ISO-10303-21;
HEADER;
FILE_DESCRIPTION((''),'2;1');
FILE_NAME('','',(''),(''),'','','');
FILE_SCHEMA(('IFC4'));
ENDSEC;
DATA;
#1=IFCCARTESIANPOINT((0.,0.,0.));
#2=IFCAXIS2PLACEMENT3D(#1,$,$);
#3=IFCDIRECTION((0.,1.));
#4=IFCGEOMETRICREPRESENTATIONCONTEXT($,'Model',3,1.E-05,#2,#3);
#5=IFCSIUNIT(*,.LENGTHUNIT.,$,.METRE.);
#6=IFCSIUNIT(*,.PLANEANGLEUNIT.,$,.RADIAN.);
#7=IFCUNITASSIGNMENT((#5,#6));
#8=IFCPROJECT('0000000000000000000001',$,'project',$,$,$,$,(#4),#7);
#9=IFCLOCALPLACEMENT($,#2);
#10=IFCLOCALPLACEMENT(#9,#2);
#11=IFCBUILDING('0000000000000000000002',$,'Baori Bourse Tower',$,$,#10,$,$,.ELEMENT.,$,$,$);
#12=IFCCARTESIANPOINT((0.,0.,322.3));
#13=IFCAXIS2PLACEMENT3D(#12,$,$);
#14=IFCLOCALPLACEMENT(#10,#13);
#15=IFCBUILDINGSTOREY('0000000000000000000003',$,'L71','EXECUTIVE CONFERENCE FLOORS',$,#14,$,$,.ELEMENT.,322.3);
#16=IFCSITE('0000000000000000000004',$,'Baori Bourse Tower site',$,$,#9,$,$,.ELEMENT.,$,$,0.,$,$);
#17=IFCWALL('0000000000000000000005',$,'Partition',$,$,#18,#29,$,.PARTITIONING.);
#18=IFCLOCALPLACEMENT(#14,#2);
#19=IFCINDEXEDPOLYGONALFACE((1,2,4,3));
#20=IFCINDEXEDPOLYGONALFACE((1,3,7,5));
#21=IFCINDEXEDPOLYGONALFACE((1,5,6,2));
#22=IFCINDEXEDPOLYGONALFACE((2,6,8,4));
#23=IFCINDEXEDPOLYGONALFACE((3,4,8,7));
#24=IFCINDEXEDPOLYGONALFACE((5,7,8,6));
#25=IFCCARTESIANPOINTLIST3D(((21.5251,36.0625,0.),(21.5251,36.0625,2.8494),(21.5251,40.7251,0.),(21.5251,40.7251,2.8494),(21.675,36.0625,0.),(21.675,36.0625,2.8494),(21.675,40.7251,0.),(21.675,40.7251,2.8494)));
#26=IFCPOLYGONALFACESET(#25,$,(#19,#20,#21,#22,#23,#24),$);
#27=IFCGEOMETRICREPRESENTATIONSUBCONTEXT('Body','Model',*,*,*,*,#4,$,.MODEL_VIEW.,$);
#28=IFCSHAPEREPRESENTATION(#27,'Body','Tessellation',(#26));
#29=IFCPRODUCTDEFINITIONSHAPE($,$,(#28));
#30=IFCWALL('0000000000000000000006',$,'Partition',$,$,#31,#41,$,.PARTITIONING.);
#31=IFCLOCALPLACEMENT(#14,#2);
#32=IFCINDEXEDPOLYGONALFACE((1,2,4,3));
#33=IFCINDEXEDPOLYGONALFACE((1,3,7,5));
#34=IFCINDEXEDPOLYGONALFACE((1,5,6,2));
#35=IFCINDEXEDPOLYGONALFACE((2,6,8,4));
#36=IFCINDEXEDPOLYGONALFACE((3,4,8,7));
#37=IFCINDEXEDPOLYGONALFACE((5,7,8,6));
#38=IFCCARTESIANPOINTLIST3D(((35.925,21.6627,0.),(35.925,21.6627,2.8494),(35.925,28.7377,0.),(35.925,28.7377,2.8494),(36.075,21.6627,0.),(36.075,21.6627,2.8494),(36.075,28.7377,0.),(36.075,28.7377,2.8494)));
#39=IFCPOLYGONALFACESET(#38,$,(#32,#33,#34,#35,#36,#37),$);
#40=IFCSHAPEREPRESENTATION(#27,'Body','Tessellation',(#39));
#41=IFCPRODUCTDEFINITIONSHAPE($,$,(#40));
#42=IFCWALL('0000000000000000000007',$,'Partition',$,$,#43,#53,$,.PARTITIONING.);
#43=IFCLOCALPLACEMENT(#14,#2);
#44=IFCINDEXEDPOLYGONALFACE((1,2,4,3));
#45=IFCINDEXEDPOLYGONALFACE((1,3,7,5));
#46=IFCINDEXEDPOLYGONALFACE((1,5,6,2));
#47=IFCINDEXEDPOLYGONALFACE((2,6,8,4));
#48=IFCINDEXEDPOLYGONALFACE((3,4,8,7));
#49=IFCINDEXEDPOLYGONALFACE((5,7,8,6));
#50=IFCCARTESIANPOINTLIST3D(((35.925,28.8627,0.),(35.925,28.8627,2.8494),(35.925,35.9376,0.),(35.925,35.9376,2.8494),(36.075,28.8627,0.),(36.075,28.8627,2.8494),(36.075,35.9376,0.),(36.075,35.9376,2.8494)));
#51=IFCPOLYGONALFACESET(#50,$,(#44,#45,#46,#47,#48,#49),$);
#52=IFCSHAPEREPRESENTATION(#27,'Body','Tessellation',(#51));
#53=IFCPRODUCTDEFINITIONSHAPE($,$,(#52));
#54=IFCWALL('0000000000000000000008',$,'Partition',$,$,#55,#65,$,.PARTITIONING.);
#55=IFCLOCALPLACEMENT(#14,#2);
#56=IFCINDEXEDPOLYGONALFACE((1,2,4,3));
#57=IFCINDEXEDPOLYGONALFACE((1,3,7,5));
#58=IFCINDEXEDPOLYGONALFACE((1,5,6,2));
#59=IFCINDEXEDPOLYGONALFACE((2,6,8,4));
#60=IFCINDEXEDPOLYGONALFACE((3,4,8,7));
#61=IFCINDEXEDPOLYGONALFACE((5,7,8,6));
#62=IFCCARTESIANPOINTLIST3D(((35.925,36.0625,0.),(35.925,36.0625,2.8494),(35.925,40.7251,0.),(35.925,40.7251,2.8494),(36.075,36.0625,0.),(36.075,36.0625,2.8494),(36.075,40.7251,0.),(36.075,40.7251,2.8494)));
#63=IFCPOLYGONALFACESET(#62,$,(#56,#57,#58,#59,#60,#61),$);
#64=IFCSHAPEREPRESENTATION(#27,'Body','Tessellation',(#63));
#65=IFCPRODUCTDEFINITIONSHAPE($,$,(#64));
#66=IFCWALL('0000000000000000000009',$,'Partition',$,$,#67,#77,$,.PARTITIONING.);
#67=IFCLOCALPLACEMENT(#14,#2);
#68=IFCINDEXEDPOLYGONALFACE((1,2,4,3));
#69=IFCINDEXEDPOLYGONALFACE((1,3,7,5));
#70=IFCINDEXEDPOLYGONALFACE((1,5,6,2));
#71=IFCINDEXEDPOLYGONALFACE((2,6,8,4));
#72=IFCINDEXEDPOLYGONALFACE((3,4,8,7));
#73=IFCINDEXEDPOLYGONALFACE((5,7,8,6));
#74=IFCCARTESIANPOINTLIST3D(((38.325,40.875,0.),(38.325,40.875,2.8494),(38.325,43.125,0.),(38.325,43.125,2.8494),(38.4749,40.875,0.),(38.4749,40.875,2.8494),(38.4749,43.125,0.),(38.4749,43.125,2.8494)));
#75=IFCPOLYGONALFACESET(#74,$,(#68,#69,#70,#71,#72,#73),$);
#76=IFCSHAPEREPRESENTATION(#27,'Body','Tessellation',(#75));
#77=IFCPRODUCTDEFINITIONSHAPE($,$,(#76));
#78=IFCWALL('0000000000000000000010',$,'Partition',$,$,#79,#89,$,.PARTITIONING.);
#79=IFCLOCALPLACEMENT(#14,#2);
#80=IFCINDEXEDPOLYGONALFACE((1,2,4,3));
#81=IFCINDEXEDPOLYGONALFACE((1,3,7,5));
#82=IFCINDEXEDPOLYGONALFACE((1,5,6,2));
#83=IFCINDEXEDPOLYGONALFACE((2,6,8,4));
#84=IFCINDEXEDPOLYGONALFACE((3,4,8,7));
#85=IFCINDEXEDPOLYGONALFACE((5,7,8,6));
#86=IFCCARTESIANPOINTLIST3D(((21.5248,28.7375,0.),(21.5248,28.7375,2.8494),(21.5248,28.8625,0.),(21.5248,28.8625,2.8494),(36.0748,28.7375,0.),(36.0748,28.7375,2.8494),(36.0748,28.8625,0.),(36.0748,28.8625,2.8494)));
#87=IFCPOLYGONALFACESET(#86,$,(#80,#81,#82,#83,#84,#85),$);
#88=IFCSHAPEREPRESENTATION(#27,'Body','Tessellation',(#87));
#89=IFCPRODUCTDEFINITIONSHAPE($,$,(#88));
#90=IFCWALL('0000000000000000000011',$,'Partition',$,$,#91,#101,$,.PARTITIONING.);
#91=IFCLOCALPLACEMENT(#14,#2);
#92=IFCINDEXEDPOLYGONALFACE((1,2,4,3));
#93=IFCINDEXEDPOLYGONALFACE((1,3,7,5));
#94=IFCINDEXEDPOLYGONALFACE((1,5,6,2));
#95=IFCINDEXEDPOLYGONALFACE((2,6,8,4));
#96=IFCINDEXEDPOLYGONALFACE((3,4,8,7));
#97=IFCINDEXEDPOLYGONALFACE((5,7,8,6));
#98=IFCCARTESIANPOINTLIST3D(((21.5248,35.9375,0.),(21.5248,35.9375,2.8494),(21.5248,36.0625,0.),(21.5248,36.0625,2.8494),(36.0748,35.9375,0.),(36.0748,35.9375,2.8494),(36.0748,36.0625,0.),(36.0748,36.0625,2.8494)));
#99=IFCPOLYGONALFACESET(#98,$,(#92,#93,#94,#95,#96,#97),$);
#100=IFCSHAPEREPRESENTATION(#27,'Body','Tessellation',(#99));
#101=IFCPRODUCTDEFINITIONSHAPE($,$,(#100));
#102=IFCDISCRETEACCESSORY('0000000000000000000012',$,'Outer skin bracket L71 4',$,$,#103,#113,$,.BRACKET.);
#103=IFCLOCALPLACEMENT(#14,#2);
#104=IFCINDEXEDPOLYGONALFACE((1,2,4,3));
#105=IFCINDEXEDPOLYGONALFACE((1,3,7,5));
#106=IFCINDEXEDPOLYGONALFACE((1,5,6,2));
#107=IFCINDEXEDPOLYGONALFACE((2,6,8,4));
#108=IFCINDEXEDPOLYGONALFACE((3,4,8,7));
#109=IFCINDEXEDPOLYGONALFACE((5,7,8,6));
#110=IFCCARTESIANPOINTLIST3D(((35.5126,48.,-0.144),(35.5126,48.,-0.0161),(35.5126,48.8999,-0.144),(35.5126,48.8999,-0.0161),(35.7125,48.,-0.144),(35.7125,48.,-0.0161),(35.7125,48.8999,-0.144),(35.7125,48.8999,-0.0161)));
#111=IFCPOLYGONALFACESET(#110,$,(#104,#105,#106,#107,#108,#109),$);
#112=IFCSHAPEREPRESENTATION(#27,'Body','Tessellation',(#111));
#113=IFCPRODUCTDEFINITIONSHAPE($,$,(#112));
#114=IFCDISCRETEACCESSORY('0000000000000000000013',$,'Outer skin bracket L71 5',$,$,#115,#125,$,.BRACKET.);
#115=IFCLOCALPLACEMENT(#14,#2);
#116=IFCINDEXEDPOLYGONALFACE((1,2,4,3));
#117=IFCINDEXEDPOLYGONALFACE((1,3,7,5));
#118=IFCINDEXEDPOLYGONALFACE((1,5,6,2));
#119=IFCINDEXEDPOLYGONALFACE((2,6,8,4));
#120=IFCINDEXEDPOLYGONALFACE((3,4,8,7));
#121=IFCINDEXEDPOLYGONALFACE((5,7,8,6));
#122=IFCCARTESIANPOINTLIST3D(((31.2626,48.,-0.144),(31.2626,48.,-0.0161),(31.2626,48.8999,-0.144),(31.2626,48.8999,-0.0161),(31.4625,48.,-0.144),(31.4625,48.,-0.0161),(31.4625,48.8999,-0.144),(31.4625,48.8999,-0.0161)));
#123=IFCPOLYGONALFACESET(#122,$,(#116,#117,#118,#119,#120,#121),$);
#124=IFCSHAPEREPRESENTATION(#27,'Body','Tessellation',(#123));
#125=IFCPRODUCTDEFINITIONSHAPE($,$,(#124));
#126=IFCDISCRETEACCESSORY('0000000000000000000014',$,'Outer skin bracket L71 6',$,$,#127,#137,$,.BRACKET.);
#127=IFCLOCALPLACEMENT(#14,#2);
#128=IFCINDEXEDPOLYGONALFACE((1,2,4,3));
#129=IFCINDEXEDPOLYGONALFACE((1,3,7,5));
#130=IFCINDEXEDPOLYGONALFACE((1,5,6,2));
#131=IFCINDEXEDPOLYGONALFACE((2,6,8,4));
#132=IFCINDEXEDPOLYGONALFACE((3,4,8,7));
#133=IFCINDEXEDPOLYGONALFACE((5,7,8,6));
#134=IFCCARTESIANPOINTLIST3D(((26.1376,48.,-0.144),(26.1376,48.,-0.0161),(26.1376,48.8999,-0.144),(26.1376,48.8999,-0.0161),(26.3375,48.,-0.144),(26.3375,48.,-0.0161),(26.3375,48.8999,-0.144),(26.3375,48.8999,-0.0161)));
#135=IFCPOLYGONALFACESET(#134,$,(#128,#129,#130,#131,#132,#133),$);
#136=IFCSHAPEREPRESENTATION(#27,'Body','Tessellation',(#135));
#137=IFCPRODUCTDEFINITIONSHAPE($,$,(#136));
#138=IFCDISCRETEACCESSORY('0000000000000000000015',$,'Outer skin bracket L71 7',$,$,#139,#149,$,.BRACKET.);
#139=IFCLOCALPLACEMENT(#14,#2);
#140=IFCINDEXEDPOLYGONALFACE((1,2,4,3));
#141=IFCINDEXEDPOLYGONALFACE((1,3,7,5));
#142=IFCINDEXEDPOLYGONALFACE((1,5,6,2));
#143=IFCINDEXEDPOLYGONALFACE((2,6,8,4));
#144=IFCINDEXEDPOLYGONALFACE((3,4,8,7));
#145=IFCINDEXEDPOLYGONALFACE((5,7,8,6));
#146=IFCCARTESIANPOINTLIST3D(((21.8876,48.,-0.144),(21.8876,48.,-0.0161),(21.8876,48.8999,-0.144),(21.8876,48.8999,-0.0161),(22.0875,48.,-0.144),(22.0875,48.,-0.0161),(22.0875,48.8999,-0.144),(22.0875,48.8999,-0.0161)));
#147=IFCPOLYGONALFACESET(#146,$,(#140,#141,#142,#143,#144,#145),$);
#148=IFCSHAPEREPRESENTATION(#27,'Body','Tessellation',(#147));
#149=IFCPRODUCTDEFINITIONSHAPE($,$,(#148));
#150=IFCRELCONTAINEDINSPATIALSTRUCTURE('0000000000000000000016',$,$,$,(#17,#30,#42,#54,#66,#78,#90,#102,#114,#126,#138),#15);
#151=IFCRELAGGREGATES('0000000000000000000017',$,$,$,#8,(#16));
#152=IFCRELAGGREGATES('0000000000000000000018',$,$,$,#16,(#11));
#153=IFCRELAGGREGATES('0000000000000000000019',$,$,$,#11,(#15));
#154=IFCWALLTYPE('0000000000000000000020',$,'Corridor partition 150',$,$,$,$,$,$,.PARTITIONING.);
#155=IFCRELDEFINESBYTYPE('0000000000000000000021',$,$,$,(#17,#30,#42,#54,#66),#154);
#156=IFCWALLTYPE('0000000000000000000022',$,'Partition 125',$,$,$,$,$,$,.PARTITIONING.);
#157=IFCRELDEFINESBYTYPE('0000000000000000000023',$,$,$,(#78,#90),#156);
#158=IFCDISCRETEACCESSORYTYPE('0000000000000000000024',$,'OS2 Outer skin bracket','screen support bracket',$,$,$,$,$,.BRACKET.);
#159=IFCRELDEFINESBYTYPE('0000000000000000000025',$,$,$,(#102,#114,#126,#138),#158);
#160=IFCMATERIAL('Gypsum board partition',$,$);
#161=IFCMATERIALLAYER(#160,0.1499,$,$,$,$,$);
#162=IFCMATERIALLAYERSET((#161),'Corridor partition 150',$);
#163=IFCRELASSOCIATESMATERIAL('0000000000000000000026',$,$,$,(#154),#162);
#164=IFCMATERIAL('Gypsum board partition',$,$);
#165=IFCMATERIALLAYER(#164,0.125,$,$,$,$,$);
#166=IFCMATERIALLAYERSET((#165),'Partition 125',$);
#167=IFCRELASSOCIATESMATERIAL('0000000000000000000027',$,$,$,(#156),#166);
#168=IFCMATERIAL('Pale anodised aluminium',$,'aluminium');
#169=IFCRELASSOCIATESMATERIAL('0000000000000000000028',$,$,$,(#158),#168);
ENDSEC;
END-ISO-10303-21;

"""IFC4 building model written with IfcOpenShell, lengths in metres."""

from ifc_helpers import new_model, si_unit, direction, frame, frame_2d, origin, origin_2d, place, context, subcontext, project, spatial, rectangle, extrude, material, layer, layer_set, type_object, element, save


model = new_model("IFC4")

# Units and contexts
model_context = context("Model", 3, precision=1e-05, world=origin(), true_north=direction((0.0, 1.0)))
body_context = subcontext(model_context, "Body", "Model", "MODEL_VIEW")
ifc_project = project(units=[si_unit("LENGTHUNIT", "METRE"), si_unit("PLANEANGLEUNIT", "RADIAN")], contexts=[model_context])

# Site, building, storey
site_placement = place(None, origin())
site = spatial("IfcSite", under=ifc_project, at=site_placement, Name="Baori Bourse Tower site", CompositionType="ELEMENT", RefElevation=0.0)
building_placement = place(site_placement, origin())
building = spatial("IfcBuilding", under=site, at=building_placement, Name="Baori Bourse Tower", CompositionType="ELEMENT")
storey_placement = place(building_placement, frame((0.0, 0.0, 322.3)))
storey = spatial("IfcBuildingStorey", under=building, at=storey_placement, Name="L71", Description="EXECUTIVE CONFERENCE FLOORS", CompositionType="ELEMENT", Elevation=322.3)

# Shared definitions
ifc_material_1 = material(Name="Gypsum board partition")
ifc_layer_1 = layer(ifc_material_1, 0.1499)
ifc_layer_set_1 = layer_set([ifc_layer_1], Name="Corridor partition 150")
wall_type_1 = type_object("IfcWallType", Name="Corridor partition 150", PredefinedType="PARTITIONING", material=ifc_layer_set_1)

# Walls
wall_1_placement = place(storey_placement, frame((21.6001, 36.0625, 0.0), z_axis=(0.0, 0.0, 1.0), x_axis=(0.0, 1.0, 0.0)))
element("IfcWall", 1, at=wall_1_placement, inside=storey, type_object=wall_type_1, Name="Partition", PredefinedType="PARTITIONING", context=body_context, shape_type="SweptSolid", body=[
    extrude(rectangle(XDim=4.6626, YDim=0.1499, at=frame_2d((2.3313, 0.0))), origin(), (0.0, 0.0, 1.0), 2.8494),
])
for number, where, z_axis, x_axis, name in (
    (2, (36.0, 21.6626, 0.0), (0.0, 0.0, 1.0), (0.0, 1.0, 0.0), "Partition"),
    (3, (36.0, 28.8625, 0.0), (0.0, 0.0, 1.0), (0.0, 1.0, 0.0), "Partition"),
):
    element("IfcWall", number, at=place(storey_placement, frame(where, z_axis=z_axis, x_axis=x_axis)), inside=storey, type_object=wall_type_1, Name=name, PredefinedType="PARTITIONING", context=body_context, shape_type="SweptSolid", body=[
        extrude(rectangle(XDim=7.075, YDim=0.1499, at=frame_2d((3.5376, 0.0))), origin(), (0.0, 0.0, 1.0), 2.8494),
    ])
wall_2_placement = place(storey_placement, frame((36.0, 36.0625, 0.0), z_axis=(0.0, 0.0, 1.0), x_axis=(0.0, 1.0, 0.0)))
element("IfcWall", 4, at=wall_2_placement, inside=storey, type_object=wall_type_1, Name="Partition", PredefinedType="PARTITIONING", context=body_context, shape_type="SweptSolid", body=[
    extrude(rectangle(XDim=4.6626, YDim=0.1499, at=frame_2d((2.3313, 0.0))), origin(), (0.0, 0.0, 1.0), 2.8494),
])
wall_3_placement = place(storey_placement, frame((38.3999, 40.875, 0.0), z_axis=(0.0, 0.0, 1.0), x_axis=(0.0, 1.0, 0.0)))
element("IfcWall", 5, at=wall_3_placement, inside=storey, type_object=wall_type_1, Name="Partition", PredefinedType="PARTITIONING", context=body_context, shape_type="SweptSolid", body=[
    extrude(rectangle(XDim=2.25, YDim=0.1499, at=frame_2d((1.125, 0.0))), origin(), (0.0, 0.0, 1.0), 2.8494),
])
ifc_material_2 = material(Name="Gypsum board partition")
ifc_layer_2 = layer(ifc_material_2, 0.125)
ifc_layer_set_2 = layer_set([ifc_layer_2], Name="Partition 125")
wall_type_2 = type_object("IfcWallType", Name="Partition 125", PredefinedType="PARTITIONING", material=ifc_layer_set_2)
for number, where, z_axis, x_axis, name in (
    (6, (21.5249, 28.8, 0.0), (0.0, 0.0, 1.0), (1.0, 0.0, 0.0), "Partition"),
    (7, (21.5249, 36.0, 0.0), (0.0, 0.0, 1.0), (1.0, 0.0, 0.0), "Partition"),
):
    element("IfcWall", number, at=place(storey_placement, frame(where, z_axis=z_axis, x_axis=x_axis)), inside=storey, type_object=wall_type_2, Name=name, PredefinedType="PARTITIONING", context=body_context, shape_type="SweptSolid", body=[
        extrude(rectangle(XDim=14.55, YDim=0.125, at=frame_2d((7.2749, 0.0))), origin(), (0.0, 0.0, 1.0), 2.8494),
    ])

# Discrete accessories
ifc_material_3 = material(Name="Pale anodised aluminium", Category="aluminium")
discrete_accessory_type = type_object("IfcDiscreteAccessoryType", Name="OS2 Outer skin bracket", Description="screen support bracket", PredefinedType="BRACKET", material=ifc_material_3)
for number, where, z_axis, x_axis, name in (
    (8, (35.6125, 48.45, -0.144), (0.0, 0.0, 1.0), (-1.0, 0.0, 0.0), "Outer skin bracket L71 4"),
    (9, (31.3625, 48.45, -0.144), (0.0, 0.0, 1.0), (-1.0, 0.0, 0.0), "Outer skin bracket L71 5"),
    (10, (26.2375, 48.45, -0.144), (0.0, 0.0, 1.0), (-1.0, 0.0, 0.0), "Outer skin bracket L71 6"),
    (11, (21.9875, 48.45, -0.144), (0.0, 0.0, 1.0), (-1.0, 0.0, 0.0), "Outer skin bracket L71 7"),
):
    element("IfcDiscreteAccessory", number, at=place(storey_placement, frame(where, z_axis=z_axis, x_axis=x_axis)), inside=storey, type_object=discrete_accessory_type, Name=name, PredefinedType="BRACKET", context=body_context, shape_type="SweptSolid", body=[
        extrude(rectangle(XDim=0.2, YDim=0.8999, at=origin_2d()), origin(), (0.0, 0.0, 1.0), 0.1279),
    ])

save(model, "model.ifc")
